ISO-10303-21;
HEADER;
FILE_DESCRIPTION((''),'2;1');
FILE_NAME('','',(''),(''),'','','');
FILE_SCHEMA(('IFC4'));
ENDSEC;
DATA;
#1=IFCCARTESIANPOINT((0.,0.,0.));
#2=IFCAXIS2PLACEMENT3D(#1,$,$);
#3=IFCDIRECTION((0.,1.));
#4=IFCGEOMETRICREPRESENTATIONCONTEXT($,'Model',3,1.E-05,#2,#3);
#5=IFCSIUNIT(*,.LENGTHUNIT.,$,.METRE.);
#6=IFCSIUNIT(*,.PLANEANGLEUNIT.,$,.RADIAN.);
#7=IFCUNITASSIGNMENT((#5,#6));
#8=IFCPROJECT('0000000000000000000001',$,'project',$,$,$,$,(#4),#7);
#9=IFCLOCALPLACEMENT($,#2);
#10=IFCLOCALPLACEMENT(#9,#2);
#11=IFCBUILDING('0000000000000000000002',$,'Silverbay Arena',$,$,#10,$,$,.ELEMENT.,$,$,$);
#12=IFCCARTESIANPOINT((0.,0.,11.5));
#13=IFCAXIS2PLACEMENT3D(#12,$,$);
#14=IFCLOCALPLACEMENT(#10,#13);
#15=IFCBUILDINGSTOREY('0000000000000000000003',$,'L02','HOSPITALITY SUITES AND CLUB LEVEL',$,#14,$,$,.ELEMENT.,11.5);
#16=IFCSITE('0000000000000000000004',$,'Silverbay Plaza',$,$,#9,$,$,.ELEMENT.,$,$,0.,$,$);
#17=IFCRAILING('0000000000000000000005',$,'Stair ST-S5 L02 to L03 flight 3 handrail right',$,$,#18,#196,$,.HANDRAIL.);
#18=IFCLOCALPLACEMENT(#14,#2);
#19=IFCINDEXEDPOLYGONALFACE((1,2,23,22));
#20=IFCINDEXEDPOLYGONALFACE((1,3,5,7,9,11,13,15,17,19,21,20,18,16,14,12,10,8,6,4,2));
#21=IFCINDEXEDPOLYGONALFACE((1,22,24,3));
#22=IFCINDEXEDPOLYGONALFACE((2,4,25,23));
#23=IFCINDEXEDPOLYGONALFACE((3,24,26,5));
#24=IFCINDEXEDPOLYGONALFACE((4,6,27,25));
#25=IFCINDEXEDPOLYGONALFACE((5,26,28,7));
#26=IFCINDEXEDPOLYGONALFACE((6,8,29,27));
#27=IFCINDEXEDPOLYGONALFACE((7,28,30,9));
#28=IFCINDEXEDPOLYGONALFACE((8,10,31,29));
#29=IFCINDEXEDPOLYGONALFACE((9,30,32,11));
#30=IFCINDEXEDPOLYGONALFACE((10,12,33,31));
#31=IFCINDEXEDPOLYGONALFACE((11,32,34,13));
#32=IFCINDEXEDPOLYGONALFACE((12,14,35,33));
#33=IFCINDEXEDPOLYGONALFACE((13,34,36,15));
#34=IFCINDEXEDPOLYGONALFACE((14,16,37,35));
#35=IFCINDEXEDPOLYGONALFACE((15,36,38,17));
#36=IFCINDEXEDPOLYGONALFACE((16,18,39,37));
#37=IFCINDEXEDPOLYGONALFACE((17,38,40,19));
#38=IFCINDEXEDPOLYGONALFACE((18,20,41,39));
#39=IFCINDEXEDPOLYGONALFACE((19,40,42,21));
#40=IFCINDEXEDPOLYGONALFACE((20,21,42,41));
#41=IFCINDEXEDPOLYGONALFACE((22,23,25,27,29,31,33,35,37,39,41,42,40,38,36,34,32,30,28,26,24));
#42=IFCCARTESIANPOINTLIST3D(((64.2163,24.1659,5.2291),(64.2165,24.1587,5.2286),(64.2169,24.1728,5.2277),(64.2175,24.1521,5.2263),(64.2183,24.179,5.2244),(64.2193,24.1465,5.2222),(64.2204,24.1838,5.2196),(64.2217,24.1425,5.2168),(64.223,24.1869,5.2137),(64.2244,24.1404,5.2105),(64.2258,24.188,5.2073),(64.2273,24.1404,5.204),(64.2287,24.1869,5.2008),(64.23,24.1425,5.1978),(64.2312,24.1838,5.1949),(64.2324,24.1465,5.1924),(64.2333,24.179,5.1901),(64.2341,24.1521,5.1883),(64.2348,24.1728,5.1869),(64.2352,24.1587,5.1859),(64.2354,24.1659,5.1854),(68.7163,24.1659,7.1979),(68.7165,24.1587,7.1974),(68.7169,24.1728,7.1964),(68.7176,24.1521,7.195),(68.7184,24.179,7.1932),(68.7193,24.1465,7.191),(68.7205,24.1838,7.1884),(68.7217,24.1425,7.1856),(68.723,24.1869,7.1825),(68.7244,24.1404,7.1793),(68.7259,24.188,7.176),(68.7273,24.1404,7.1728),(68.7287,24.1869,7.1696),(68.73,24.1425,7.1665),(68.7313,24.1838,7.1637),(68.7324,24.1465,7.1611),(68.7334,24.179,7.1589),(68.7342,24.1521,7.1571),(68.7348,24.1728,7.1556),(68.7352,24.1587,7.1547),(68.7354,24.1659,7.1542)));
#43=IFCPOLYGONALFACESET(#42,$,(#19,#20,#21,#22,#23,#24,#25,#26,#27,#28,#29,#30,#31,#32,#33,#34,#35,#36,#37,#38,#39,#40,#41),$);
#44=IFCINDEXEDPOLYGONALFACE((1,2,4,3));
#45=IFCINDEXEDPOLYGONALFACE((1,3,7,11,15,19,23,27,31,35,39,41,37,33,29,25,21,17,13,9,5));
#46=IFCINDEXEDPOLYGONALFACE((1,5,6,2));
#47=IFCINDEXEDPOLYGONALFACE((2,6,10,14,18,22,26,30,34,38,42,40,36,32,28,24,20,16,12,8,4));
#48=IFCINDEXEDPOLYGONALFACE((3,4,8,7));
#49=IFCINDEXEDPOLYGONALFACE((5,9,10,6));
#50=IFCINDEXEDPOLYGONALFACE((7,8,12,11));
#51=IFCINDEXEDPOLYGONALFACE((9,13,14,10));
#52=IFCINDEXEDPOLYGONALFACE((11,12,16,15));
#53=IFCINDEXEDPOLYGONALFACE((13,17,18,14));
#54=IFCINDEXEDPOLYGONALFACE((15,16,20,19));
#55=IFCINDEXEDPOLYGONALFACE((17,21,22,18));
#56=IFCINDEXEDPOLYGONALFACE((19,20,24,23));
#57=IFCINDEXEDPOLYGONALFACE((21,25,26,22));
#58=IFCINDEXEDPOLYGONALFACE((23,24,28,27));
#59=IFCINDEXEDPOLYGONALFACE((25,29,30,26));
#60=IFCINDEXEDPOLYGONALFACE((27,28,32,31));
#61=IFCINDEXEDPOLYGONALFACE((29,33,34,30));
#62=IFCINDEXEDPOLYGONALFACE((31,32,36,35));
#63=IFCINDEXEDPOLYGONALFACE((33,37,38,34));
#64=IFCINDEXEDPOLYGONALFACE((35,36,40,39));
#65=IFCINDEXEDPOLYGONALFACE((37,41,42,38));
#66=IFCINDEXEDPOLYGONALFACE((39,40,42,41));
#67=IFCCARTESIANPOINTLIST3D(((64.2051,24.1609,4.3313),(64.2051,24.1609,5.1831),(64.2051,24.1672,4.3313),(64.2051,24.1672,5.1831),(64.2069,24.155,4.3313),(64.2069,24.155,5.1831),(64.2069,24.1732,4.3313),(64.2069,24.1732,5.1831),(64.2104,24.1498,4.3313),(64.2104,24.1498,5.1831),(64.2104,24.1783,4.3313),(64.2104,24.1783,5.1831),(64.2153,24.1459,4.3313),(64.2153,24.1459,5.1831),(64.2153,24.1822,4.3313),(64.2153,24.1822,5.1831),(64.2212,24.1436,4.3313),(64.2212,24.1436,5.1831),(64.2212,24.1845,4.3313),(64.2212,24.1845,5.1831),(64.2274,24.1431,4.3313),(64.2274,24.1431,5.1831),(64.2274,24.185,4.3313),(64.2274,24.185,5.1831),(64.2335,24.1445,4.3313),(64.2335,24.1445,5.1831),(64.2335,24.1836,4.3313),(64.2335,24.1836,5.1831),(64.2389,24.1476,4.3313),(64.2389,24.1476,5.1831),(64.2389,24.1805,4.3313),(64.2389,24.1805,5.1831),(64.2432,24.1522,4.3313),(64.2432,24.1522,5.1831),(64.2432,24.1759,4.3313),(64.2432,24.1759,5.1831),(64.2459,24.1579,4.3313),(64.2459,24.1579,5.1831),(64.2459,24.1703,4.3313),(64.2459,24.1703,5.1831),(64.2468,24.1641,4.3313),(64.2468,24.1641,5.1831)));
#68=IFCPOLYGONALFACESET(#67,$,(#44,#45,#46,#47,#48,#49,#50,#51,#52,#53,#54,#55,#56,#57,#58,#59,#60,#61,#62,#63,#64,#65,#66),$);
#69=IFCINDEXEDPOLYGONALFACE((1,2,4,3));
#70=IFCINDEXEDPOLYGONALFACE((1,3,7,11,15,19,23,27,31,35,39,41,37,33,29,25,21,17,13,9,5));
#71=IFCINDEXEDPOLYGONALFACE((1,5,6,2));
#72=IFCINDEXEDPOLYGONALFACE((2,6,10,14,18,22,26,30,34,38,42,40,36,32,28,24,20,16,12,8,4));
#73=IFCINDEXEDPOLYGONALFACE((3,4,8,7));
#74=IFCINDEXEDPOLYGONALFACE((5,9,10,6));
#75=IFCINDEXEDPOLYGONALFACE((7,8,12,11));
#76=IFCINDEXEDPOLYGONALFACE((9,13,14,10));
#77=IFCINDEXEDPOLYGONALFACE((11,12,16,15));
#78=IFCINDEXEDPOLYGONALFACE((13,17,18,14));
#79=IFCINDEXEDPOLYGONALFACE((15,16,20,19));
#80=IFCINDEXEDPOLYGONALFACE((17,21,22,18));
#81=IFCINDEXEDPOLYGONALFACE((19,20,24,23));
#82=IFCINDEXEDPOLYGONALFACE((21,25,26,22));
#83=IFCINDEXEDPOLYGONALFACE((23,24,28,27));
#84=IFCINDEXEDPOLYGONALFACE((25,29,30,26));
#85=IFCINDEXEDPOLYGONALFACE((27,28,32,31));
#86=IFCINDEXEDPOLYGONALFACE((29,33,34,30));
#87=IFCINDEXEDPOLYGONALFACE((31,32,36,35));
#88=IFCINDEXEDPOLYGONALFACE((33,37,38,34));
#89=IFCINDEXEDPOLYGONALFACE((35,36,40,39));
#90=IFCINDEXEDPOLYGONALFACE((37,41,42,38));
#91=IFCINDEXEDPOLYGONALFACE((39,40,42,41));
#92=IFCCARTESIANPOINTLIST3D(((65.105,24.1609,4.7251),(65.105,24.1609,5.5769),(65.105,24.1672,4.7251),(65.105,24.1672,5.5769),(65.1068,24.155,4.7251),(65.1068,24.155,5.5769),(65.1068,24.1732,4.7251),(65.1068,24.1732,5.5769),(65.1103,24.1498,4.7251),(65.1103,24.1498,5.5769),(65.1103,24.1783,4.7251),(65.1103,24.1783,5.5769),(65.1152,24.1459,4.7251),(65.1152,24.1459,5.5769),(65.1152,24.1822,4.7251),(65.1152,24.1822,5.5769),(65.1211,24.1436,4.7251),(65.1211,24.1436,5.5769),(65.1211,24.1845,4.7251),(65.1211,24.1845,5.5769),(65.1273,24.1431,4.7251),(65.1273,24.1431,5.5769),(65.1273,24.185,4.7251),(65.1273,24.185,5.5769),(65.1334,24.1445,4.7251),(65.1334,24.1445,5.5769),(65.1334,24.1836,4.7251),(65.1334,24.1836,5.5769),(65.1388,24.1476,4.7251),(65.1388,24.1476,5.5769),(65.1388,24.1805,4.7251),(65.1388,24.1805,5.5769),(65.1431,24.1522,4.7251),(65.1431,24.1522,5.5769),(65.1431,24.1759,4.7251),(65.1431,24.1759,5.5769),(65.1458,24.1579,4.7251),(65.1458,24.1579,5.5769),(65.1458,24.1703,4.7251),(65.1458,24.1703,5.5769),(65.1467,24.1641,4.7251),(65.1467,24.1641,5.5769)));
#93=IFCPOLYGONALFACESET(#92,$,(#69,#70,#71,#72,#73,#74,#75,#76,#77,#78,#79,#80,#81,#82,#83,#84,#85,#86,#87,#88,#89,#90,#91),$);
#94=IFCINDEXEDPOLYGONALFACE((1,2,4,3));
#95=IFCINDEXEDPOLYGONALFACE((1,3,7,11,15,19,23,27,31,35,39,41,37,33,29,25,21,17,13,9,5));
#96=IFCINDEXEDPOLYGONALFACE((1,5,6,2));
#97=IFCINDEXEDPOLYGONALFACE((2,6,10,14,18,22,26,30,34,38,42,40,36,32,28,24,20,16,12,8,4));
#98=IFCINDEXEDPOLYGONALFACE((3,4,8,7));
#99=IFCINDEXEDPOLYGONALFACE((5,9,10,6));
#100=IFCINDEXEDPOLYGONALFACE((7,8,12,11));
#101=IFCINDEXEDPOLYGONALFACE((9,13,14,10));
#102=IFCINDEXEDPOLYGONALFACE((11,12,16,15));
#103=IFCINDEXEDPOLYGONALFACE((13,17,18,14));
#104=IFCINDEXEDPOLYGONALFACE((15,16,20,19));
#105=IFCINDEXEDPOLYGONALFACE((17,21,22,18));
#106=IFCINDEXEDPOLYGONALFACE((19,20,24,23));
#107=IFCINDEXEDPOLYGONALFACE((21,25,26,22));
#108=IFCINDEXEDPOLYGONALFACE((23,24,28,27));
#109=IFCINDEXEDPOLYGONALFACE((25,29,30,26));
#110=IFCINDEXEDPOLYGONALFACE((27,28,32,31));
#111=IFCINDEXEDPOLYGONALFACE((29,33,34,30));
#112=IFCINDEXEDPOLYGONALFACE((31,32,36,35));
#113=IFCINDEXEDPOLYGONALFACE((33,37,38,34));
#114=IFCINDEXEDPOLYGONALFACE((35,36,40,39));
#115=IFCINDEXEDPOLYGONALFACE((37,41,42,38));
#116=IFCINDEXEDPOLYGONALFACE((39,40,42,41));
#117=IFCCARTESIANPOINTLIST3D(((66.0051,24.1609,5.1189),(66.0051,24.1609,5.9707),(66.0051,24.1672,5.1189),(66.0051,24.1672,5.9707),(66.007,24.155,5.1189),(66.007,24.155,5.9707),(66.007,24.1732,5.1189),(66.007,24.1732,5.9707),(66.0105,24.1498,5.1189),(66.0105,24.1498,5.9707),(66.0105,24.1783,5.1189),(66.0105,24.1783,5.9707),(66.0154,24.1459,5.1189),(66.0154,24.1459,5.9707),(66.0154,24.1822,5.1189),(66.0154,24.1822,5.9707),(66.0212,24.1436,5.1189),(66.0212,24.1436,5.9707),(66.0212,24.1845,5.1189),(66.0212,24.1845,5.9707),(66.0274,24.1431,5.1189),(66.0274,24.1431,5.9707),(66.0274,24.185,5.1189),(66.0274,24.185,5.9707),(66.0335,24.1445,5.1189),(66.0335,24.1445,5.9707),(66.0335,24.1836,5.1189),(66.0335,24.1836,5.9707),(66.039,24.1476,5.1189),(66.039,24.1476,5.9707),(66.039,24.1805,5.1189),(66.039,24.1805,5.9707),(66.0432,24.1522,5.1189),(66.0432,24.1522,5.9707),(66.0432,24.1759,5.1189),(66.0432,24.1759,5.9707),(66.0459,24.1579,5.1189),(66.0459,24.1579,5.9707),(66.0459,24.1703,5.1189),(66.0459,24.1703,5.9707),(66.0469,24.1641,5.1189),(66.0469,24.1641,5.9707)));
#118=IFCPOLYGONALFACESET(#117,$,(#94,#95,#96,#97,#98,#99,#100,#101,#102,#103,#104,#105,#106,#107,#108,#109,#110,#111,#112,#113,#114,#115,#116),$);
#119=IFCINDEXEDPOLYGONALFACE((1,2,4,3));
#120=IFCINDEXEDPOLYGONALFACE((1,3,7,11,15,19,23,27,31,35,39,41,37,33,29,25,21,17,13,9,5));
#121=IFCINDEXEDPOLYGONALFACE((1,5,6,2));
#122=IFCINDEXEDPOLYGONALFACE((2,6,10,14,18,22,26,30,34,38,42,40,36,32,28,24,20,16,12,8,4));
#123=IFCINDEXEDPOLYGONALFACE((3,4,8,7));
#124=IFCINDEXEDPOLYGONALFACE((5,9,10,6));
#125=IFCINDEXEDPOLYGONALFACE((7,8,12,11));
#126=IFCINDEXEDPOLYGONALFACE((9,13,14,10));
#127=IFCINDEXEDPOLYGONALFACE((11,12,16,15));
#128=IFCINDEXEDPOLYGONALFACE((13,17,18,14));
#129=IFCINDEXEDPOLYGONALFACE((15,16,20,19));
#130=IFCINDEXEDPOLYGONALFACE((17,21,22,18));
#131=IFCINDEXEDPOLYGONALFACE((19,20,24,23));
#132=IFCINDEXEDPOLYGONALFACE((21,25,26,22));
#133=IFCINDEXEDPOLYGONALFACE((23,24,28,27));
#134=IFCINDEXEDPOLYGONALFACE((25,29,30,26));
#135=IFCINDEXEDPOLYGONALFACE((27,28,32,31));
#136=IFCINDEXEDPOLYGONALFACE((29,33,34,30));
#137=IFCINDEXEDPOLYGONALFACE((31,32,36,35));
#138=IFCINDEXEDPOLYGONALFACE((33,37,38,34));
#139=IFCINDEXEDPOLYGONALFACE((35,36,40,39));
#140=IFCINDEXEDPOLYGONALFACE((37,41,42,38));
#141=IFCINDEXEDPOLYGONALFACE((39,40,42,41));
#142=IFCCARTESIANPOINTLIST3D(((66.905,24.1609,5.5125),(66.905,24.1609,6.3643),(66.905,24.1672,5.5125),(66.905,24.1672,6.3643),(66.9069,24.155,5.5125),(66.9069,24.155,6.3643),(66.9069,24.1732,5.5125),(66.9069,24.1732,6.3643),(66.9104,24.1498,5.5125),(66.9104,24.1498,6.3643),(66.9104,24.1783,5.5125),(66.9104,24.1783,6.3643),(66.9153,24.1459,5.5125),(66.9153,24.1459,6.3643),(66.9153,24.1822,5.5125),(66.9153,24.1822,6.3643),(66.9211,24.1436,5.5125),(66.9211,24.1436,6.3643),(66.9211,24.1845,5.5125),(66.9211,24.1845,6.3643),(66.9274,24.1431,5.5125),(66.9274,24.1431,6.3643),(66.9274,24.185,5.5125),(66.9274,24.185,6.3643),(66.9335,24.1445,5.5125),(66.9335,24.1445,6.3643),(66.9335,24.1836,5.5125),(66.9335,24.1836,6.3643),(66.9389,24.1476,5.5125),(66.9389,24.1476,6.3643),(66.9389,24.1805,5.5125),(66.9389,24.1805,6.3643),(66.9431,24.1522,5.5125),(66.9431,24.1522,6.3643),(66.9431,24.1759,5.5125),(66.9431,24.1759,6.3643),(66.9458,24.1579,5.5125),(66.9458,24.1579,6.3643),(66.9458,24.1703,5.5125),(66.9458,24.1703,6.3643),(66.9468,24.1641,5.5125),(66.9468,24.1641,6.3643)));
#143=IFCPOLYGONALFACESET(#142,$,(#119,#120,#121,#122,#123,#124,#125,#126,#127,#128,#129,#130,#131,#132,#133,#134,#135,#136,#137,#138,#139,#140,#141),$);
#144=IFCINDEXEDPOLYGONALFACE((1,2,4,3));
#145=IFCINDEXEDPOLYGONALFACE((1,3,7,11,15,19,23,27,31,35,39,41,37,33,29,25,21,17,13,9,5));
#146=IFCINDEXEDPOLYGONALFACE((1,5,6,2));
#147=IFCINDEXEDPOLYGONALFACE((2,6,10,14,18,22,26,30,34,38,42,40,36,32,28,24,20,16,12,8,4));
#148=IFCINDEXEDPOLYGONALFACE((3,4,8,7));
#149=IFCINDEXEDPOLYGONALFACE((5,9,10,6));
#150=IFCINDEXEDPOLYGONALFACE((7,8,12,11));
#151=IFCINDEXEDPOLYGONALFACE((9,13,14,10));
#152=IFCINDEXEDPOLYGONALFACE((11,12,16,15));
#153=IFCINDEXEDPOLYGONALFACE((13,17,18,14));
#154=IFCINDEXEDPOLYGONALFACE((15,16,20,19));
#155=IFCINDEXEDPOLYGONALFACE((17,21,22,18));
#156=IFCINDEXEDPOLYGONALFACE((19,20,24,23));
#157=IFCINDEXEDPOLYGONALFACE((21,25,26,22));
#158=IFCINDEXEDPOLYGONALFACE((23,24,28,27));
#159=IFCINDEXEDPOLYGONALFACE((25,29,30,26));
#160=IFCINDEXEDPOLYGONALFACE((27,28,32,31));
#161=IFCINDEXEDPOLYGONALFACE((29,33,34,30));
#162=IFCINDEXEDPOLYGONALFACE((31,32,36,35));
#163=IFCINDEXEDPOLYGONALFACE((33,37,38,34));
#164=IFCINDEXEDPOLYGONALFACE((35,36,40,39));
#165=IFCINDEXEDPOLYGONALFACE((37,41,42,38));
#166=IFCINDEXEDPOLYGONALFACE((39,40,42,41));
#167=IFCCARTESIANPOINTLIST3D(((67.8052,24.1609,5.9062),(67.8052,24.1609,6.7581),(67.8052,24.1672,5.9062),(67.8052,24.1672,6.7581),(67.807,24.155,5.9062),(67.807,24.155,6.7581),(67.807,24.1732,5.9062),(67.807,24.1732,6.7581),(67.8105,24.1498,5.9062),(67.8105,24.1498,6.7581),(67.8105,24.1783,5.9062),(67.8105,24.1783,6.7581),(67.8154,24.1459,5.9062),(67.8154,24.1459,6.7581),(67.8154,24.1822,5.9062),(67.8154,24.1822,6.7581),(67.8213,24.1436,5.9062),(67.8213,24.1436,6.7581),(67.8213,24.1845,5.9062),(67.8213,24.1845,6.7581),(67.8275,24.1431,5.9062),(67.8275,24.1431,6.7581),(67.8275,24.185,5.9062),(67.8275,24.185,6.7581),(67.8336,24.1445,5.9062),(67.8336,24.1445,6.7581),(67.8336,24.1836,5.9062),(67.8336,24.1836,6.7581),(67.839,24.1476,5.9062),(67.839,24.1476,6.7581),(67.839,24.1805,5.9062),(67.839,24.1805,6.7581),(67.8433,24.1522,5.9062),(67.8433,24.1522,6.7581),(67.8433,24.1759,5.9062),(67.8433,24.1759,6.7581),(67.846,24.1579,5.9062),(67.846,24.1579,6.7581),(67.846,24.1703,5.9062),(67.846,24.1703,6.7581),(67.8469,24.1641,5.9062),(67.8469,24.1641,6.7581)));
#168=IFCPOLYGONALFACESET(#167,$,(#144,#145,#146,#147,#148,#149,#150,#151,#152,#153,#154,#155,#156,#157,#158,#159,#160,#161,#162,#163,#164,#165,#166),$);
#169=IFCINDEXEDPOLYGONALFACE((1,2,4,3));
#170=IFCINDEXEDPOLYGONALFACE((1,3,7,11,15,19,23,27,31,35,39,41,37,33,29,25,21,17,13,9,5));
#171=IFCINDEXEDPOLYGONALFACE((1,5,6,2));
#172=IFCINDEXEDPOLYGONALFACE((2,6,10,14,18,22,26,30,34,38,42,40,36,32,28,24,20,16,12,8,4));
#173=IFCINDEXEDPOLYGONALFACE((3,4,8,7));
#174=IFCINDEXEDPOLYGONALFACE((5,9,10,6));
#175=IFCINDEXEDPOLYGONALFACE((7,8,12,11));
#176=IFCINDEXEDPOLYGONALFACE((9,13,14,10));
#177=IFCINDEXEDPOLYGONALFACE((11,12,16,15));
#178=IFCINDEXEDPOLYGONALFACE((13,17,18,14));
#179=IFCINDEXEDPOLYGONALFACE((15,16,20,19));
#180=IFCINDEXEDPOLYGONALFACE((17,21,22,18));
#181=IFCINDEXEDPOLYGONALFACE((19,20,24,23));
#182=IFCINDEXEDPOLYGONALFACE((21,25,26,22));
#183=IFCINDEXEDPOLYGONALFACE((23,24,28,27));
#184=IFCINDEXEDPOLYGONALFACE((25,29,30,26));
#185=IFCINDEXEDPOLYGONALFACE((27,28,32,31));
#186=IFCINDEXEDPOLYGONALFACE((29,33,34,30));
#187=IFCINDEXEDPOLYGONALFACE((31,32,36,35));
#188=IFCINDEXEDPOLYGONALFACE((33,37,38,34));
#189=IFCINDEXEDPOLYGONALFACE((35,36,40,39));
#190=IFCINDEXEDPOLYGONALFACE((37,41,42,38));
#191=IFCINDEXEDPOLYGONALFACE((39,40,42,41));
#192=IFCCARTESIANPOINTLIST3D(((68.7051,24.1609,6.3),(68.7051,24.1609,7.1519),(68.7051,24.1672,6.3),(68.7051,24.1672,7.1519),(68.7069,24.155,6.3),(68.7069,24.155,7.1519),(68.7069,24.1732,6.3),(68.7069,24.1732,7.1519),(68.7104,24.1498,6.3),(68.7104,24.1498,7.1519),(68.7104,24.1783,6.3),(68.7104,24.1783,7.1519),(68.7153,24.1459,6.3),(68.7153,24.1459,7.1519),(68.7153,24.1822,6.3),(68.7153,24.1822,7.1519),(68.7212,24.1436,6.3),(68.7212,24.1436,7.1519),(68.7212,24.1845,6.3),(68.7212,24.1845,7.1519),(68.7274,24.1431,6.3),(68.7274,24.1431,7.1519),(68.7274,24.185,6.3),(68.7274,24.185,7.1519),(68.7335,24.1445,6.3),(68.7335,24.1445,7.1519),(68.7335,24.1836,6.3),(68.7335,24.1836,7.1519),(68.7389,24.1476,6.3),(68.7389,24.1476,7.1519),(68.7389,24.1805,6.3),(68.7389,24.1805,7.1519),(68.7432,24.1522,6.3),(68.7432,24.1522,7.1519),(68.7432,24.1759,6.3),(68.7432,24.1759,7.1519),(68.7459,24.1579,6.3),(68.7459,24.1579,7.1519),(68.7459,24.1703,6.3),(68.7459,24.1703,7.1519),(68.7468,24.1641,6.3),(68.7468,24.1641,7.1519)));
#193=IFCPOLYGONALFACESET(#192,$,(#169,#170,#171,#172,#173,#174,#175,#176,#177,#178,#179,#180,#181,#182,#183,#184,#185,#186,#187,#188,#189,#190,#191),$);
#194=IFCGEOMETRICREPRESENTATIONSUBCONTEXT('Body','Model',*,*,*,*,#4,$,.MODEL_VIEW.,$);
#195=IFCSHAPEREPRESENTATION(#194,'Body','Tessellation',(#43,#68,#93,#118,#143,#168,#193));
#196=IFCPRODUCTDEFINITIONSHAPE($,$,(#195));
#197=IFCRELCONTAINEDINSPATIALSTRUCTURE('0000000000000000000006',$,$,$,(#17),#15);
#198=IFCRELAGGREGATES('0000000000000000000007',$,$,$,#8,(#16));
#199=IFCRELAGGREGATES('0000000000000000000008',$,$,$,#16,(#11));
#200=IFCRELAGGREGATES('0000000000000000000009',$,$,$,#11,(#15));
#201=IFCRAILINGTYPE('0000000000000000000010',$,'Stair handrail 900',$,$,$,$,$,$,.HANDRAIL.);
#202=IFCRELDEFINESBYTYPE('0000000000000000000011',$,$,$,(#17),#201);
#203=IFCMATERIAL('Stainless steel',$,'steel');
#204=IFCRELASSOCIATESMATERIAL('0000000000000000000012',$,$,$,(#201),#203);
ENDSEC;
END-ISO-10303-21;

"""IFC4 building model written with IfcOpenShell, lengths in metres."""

from ifc_helpers import new_model, si_unit, direction, frame, origin, origin_2d, place, context, subcontext, project, spatial, circle, extrude, material, type_object, element, save


model = new_model("IFC4")

# Units and contexts
model_context = context("Model", 3, precision=1e-05, world=origin(), true_north=direction((0.0, 1.0)))
body_context = subcontext(model_context, "Body", "Model", "MODEL_VIEW")
ifc_project = project(units=[si_unit("LENGTHUNIT", "METRE"), si_unit("PLANEANGLEUNIT", "RADIAN")], contexts=[model_context])

# Site, building, storey
site_placement = place(None, origin())
site = spatial("IfcSite", under=ifc_project, at=site_placement, Name="Silverbay Plaza", CompositionType="ELEMENT", RefElevation=0.0)
building_placement = place(site_placement, origin())
building = spatial("IfcBuilding", under=site, at=building_placement, Name="Silverbay Arena", CompositionType="ELEMENT")
storey_placement = place(building_placement, frame((0.0, 0.0, 11.5)))
storey = spatial("IfcBuildingStorey", under=building, at=storey_placement, Name="L02", Description="HOSPITALITY SUITES AND CLUB LEVEL", CompositionType="ELEMENT", Elevation=11.5)

# Railing
ifc_material_1 = material(Name="Stainless steel", Category="steel")
railing_type_1 = type_object("IfcRailingType", Name="Stair handrail 900", PredefinedType="HANDRAIL", material=ifc_material_1)
for number, where, name in (
    (1, (64.2258, 24.1641, 4.3313), "Stair ST-S5 L02 to L03 flight 3 handrail right"),
):
    element("IfcRailing", number, at=place(storey_placement, frame(where)), inside=storey, type_object=railing_type_1, Name=name, PredefinedType="HANDRAIL", context=body_context, shape_type="SweptSolid", body=[
        extrude(circle(Radius=0.0239, at=origin_2d()), frame((0.0, 0.0, 0.876), z_axis=(0.916157, 0.0, 0.400819), x_axis=(0.0, 1.0, 0.0)), (0.0, 0.0, 1.0), 4.9119),
        extrude(circle(Radius=0.021, at=origin_2d()), origin(), (0.0, 0.0, 1.0), 0.8518),
        extrude(circle(Radius=0.021, at=origin_2d()), frame((0.8999, 0.0, 0.3938)), (0.0, 0.0, 1.0), 0.8518),
        extrude(circle(Radius=0.021, at=origin_2d()), frame((1.8, 0.0, 0.7876)), (0.0, 0.0, 1.0), 0.8518),
        extrude(circle(Radius=0.021, at=origin_2d()), frame((2.7, 0.0, 1.1812)), (0.0, 0.0, 1.0), 0.8518),
        extrude(circle(Radius=0.021, at=origin_2d()), frame((3.6001, 0.0, 1.575)), (0.0, 0.0, 1.0), 0.8518),
        extrude(circle(Radius=0.021, at=origin_2d()), frame((4.5, 0.0, 1.9688)), (0.0, 0.0, 1.0), 0.8518),
    ])

save(model, "model.ifc")
